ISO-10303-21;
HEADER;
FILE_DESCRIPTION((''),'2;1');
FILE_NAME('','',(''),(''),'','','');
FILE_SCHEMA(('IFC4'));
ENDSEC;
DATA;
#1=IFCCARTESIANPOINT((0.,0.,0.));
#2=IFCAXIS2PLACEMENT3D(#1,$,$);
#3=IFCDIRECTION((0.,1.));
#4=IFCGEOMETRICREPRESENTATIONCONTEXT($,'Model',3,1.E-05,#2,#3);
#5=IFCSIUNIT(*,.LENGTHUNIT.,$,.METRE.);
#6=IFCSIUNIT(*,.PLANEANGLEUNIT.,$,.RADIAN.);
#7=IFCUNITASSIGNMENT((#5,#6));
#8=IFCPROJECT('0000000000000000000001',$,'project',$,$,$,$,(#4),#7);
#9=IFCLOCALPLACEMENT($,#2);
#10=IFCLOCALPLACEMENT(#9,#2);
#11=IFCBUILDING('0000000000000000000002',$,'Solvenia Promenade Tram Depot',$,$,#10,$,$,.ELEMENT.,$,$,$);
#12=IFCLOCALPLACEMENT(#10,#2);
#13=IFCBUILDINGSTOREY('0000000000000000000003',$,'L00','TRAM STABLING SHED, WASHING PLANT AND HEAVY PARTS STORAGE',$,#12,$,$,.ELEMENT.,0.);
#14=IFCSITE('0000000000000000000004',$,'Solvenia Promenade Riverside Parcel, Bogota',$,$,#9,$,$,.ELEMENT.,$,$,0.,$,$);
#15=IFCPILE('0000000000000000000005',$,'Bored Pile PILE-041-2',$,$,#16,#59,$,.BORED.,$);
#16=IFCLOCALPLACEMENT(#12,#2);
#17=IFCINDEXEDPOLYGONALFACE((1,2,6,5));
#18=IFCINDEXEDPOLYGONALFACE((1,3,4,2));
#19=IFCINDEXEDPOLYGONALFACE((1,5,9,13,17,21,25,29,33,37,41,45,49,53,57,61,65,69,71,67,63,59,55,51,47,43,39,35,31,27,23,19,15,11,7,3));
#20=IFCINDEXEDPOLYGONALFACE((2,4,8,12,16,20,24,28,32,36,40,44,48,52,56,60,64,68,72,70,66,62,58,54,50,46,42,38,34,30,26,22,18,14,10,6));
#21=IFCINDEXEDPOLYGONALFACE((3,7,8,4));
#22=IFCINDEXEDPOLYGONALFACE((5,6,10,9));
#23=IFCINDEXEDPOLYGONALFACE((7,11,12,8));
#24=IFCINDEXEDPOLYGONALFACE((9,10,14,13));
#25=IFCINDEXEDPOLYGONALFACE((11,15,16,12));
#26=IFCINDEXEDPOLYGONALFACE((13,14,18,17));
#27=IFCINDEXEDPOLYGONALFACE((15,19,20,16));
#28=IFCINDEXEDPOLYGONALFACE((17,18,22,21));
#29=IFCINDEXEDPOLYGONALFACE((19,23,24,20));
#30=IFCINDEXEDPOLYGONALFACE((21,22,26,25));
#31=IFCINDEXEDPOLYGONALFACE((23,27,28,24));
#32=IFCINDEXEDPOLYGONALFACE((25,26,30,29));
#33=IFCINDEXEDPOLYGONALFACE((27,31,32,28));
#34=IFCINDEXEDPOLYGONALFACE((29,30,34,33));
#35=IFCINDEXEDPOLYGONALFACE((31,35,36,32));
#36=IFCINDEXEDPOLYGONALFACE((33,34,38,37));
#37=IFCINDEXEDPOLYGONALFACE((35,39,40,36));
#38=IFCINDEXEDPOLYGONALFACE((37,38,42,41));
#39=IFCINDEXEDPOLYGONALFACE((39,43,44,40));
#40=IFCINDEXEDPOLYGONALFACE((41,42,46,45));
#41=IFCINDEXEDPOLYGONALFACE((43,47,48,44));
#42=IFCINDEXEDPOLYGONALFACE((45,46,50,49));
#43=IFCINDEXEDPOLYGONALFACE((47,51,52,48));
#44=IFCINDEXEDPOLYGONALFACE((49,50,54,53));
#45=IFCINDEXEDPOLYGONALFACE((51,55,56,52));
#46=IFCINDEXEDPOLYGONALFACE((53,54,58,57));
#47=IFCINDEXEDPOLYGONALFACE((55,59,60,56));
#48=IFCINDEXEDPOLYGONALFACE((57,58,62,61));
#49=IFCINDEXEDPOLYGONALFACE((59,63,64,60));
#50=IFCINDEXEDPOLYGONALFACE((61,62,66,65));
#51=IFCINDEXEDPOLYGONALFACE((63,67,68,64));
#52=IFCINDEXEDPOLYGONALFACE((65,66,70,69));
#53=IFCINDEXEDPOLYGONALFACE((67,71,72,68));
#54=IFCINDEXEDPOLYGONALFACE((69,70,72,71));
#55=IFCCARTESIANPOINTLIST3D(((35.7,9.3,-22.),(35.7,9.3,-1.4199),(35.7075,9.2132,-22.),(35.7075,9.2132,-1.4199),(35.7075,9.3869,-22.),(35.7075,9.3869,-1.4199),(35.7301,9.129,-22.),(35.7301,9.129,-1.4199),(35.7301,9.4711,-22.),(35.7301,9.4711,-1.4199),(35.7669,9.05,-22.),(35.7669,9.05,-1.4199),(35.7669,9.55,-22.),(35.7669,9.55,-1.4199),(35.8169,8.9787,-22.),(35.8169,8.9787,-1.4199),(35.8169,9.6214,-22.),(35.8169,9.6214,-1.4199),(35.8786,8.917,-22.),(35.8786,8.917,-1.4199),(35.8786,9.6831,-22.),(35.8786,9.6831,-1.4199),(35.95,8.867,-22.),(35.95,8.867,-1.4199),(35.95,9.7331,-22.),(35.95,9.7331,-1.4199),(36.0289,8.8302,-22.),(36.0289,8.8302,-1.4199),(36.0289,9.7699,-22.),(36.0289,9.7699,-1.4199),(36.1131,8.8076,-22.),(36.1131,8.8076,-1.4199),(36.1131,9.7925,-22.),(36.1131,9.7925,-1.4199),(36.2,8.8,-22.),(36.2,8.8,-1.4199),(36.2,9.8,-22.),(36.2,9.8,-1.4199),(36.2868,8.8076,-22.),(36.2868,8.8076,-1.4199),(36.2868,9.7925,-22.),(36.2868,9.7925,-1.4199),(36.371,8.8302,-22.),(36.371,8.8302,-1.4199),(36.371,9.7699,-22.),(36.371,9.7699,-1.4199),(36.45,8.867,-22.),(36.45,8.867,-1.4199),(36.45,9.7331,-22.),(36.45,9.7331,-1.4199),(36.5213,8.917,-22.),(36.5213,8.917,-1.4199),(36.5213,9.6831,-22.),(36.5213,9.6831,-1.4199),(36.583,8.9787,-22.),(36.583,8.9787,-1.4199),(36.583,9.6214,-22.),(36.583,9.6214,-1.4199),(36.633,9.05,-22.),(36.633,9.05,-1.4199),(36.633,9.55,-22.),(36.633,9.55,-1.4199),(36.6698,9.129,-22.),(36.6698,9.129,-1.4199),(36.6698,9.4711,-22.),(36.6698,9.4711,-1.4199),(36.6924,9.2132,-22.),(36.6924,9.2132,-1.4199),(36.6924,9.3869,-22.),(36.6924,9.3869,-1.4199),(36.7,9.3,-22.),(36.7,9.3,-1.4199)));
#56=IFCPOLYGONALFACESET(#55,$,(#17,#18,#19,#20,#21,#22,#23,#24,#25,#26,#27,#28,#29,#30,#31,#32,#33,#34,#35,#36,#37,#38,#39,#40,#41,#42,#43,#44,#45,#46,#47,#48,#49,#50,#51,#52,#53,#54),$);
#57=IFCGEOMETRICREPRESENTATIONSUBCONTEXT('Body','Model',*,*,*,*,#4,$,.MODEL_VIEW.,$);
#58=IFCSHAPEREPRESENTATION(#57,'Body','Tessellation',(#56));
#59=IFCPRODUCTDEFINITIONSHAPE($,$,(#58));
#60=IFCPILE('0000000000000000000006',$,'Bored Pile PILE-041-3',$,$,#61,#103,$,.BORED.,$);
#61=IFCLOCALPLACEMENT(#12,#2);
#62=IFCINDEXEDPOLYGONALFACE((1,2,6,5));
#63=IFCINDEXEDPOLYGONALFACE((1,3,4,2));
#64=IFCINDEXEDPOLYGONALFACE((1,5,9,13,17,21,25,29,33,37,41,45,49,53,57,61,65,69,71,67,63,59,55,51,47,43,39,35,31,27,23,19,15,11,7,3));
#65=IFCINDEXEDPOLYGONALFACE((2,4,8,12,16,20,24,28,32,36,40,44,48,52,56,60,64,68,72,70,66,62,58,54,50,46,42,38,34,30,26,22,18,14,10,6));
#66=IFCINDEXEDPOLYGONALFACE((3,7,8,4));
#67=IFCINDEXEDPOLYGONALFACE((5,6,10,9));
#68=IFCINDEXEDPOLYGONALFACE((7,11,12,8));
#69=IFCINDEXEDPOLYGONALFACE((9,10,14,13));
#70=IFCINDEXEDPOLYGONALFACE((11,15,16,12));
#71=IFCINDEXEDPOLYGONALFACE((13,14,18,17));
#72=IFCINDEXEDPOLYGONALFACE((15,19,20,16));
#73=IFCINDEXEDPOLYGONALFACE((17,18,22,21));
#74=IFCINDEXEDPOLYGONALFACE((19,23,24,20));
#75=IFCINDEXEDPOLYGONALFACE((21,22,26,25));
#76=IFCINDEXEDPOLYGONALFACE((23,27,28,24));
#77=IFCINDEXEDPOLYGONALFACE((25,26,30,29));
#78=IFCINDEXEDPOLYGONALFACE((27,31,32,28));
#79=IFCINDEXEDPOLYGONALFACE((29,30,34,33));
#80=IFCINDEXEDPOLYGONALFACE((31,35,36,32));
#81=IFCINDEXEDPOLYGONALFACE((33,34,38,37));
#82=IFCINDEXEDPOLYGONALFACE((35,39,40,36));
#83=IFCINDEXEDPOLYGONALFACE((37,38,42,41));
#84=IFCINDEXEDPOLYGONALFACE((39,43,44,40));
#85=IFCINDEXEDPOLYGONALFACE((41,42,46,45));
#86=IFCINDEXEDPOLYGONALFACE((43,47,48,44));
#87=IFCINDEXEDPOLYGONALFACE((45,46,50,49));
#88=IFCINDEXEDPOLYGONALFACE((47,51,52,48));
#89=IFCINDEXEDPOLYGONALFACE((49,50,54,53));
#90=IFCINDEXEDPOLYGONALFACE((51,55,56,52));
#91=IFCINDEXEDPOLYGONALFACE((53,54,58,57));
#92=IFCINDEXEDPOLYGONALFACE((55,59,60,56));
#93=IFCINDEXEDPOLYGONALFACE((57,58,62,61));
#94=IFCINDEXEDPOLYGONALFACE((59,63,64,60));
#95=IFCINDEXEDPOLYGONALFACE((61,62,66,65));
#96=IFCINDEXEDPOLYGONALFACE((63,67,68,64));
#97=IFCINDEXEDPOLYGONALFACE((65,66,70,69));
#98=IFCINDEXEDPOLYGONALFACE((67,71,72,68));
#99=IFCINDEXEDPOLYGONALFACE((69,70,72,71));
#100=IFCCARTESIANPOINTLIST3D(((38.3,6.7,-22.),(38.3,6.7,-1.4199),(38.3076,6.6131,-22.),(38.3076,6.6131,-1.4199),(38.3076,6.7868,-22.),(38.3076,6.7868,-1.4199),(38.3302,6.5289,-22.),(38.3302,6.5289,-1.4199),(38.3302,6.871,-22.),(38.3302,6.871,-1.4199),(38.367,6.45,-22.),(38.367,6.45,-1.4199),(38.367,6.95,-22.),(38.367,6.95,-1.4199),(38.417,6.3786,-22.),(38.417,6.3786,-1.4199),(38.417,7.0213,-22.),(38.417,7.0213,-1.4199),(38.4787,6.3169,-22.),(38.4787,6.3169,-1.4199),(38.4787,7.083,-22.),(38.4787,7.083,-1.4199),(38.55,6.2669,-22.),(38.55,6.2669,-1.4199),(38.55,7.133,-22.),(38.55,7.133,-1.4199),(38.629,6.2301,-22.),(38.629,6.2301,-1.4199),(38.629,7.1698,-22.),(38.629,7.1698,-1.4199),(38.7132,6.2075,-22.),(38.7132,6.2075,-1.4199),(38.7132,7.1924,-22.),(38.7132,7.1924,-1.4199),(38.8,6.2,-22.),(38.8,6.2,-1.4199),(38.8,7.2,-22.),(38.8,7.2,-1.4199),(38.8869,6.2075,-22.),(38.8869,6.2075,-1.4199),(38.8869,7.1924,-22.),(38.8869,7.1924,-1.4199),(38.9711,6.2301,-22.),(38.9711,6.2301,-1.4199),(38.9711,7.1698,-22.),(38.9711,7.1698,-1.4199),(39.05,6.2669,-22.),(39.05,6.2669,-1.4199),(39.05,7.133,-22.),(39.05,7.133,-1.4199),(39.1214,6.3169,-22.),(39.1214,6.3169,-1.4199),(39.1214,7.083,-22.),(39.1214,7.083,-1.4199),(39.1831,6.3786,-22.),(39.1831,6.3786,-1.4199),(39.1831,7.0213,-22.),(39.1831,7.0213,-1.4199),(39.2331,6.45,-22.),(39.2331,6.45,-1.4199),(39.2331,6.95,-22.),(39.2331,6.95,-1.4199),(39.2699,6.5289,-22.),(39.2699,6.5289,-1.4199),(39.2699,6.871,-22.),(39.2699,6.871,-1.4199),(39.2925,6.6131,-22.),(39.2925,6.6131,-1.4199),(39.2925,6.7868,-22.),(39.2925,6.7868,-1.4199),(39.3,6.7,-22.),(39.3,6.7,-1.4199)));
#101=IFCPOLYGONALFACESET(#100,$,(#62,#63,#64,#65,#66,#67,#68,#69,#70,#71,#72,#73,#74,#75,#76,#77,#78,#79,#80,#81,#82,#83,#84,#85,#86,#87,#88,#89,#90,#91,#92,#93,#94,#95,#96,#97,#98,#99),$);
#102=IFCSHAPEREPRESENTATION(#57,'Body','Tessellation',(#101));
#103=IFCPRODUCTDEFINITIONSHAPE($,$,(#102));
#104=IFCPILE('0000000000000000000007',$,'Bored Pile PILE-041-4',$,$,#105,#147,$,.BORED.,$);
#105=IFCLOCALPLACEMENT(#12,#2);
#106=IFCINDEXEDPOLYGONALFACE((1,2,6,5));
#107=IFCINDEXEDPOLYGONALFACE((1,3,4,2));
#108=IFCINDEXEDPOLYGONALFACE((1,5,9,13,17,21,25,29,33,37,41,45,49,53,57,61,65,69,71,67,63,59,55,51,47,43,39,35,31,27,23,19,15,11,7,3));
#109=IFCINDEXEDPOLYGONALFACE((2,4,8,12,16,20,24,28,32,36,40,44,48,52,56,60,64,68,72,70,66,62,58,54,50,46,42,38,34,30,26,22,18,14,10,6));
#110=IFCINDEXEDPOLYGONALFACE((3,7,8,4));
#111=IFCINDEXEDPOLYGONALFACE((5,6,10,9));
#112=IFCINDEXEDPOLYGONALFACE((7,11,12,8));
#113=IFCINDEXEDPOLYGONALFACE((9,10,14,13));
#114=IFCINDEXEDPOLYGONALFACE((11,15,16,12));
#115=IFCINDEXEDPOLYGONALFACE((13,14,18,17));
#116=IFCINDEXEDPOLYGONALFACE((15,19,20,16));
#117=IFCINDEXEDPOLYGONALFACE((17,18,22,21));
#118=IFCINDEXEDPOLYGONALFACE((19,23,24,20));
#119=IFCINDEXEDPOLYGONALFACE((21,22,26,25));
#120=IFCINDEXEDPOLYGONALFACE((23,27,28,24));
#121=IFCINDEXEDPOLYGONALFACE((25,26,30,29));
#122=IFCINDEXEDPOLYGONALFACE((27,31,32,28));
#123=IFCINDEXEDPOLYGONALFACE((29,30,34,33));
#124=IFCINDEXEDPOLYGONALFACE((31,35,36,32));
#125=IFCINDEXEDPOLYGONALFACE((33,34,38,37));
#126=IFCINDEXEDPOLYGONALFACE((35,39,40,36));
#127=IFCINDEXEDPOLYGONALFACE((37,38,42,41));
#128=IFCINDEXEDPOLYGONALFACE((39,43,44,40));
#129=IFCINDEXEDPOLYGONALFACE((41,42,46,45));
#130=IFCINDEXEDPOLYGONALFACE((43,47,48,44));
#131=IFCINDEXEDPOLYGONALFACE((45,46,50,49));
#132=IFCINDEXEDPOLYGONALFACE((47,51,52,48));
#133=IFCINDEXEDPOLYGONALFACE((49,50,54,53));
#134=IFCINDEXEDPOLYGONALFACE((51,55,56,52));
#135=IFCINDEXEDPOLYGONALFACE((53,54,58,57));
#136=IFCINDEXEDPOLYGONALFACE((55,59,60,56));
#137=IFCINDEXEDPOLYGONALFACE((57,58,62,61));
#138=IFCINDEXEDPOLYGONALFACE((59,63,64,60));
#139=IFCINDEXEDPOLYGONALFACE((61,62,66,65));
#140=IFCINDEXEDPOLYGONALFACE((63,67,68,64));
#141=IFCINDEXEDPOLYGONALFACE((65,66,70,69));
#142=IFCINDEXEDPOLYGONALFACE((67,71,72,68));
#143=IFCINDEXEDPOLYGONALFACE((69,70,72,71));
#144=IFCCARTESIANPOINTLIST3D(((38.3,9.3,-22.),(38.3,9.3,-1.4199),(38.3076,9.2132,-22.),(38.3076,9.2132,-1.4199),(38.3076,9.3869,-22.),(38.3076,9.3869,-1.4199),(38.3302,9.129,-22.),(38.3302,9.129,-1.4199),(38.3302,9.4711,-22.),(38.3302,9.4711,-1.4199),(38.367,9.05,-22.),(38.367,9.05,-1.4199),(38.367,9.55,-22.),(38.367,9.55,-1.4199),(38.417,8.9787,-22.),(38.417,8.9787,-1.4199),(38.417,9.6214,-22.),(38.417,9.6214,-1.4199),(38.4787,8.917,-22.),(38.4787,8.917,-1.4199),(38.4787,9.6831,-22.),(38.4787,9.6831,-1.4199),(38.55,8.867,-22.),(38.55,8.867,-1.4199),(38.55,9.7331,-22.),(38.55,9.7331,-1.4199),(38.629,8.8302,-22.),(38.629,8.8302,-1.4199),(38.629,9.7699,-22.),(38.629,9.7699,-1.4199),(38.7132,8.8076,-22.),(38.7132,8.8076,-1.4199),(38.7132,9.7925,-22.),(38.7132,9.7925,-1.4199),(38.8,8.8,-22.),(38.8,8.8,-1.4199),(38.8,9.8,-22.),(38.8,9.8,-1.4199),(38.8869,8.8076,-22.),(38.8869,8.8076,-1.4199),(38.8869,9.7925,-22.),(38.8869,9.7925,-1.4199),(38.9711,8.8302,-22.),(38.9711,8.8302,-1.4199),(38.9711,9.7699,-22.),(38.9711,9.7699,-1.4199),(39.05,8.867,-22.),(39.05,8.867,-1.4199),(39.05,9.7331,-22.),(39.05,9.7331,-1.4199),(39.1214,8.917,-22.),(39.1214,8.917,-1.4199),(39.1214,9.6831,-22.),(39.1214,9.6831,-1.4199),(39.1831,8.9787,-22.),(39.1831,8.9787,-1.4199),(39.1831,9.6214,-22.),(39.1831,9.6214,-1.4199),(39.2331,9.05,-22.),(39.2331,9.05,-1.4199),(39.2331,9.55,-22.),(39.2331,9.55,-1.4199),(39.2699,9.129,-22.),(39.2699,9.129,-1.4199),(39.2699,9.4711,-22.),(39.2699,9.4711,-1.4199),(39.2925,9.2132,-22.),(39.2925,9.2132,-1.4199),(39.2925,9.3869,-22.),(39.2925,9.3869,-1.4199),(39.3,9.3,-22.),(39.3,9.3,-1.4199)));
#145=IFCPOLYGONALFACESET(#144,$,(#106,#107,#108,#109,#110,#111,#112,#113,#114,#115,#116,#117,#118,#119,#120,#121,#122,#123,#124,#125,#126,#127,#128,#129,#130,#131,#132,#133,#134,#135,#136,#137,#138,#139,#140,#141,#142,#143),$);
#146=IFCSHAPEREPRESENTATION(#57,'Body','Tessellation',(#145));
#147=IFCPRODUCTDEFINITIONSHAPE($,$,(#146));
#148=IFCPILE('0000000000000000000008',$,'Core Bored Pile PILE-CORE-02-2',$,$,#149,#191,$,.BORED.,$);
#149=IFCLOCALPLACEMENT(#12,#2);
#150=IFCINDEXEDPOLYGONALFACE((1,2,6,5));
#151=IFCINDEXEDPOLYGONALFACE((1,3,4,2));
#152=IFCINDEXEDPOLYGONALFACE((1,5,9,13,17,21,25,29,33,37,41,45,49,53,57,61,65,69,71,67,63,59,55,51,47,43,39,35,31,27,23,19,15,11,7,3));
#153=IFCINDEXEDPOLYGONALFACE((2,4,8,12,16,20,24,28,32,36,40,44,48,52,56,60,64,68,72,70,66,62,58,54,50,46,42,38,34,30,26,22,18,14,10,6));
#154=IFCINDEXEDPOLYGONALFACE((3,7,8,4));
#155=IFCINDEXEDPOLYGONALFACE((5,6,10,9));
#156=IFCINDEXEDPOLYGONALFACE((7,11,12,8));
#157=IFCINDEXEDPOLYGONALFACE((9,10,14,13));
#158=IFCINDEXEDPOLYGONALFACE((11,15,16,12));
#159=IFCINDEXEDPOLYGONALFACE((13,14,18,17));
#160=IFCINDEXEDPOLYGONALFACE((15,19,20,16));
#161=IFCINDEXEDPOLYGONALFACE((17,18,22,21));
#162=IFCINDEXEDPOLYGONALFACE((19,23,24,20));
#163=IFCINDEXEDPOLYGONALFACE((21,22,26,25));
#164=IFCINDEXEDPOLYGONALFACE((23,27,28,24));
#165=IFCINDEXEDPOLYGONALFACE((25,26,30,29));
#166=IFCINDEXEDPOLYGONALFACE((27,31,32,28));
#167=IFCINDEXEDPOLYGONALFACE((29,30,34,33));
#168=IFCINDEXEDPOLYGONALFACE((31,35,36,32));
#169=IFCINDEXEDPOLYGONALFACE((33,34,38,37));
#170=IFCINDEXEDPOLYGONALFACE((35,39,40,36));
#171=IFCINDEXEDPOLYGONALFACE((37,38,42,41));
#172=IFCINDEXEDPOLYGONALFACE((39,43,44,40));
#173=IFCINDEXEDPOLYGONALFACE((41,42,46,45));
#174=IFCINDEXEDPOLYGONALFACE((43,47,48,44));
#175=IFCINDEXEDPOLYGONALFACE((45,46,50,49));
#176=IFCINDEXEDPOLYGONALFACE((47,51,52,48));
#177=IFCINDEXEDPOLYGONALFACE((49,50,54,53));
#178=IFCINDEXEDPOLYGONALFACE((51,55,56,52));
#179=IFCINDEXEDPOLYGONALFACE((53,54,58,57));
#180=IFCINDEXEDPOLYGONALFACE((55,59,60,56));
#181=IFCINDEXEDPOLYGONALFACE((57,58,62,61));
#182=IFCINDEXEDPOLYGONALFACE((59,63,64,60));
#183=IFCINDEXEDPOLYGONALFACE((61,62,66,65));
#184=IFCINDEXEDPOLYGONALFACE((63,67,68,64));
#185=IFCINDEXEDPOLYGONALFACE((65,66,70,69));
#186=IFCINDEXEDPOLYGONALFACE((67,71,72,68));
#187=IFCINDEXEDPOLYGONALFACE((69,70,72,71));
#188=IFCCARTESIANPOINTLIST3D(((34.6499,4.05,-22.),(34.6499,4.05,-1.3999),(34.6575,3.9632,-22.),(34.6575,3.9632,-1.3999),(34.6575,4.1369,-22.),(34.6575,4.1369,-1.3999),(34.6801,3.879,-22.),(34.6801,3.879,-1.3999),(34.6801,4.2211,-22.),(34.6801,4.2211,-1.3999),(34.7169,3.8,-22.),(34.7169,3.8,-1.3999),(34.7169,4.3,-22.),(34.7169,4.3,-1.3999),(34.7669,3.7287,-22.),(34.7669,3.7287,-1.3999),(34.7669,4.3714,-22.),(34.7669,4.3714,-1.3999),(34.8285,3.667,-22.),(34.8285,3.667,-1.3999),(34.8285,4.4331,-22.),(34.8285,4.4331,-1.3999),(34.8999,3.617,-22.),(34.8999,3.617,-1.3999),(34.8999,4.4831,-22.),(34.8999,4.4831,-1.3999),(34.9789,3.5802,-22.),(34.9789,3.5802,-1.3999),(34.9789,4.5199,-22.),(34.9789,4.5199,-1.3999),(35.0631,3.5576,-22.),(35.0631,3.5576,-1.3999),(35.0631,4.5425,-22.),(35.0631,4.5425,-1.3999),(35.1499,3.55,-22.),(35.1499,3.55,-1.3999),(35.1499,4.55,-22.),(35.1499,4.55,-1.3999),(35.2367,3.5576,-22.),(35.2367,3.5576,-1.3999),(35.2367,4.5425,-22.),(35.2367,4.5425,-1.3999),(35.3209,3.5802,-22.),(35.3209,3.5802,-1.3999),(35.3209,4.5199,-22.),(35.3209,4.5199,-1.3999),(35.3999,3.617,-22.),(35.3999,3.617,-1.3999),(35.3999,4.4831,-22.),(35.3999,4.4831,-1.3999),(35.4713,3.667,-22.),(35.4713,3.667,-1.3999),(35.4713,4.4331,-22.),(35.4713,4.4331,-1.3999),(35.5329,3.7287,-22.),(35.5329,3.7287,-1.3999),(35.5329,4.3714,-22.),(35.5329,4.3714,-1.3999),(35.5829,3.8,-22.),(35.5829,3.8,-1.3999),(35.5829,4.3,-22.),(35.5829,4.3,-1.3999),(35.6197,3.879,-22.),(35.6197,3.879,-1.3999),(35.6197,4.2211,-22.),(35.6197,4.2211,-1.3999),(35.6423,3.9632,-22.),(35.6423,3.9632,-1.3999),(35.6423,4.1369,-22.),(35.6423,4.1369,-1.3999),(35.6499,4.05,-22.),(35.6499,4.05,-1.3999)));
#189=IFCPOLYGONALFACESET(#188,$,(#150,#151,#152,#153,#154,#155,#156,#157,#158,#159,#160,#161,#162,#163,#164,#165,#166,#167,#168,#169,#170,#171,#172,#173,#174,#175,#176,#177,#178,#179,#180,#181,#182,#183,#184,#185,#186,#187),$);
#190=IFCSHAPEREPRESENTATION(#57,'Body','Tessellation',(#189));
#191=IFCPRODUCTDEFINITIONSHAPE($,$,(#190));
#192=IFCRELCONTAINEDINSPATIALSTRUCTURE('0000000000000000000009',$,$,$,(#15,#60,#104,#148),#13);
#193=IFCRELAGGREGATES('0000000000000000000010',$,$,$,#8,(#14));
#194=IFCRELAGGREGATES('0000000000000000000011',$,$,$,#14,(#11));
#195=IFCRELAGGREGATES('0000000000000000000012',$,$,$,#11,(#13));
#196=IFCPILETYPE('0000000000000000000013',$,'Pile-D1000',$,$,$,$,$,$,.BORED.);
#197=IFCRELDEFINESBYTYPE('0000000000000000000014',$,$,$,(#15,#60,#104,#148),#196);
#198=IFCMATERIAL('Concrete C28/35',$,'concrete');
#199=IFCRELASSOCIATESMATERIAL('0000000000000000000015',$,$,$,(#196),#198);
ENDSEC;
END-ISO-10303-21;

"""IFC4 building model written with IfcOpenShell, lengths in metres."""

from ifc_helpers import new_model, si_unit, direction, frame, origin, origin_2d, place, context, subcontext, project, spatial, circle, extrude, material, material_profile, profile_set, type_object, element, save


model = new_model("IFC4")

# Units and contexts
model_context = context("Model", 3, precision=1e-05, world=origin(), true_north=direction((0.0, 1.0)))
body_context = subcontext(model_context, "Body", "Model", "MODEL_VIEW")
ifc_project = project(units=[si_unit("LENGTHUNIT", "METRE"), si_unit("PLANEANGLEUNIT", "RADIAN")], contexts=[model_context])

# Site, building, storey
site_placement = place(None, origin())
site = spatial("IfcSite", under=ifc_project, at=site_placement, Name="Solvenia Promenade Riverside Parcel, Bogota", CompositionType="ELEMENT", RefElevation=0.0)
building_placement = place(site_placement, origin())
building = spatial("IfcBuilding", under=site, at=building_placement, Name="Solvenia Promenade Tram Depot", CompositionType="ELEMENT")
storey_placement = place(building_placement, origin())
storey = spatial("IfcBuildingStorey", under=building, at=storey_placement, Name="L00", Description="TRAM STABLING SHED, WASHING PLANT AND HEAVY PARTS STORAGE", CompositionType="ELEMENT", Elevation=0.0)

# Shared definitions
ifc_material_1 = material(Name="Concrete C28/35", Category="concrete")

# Piles
ifc_material_profile_1 = material_profile(ifc_material_1, circle(Radius=0.5, at=origin_2d()), Name="D1000", Category="concrete")
ifc_profile_set_1 = profile_set([ifc_material_profile_1], Name="Concrete C28/35")
pile_type_1 = type_object("IfcPileType", Name="Pile-D1000", PredefinedType="BORED", material=ifc_profile_set_1)
for number, where, z_axis, x_axis, name in (
    (1, (36.2, 9.3, -1.4199), (0.0, 0.0, -1.0), (1.0, 0.0, 0.0), "Bored Pile PILE-041-2"),
    (2, (38.8, 6.7, -1.4199), (0.0, 0.0, -1.0), (1.0, 0.0, 0.0), "Bored Pile PILE-041-3"),
    (3, (38.8, 9.3, -1.4199), (0.0, 0.0, -1.0), (1.0, 0.0, 0.0), "Bored Pile PILE-041-4"),
):
    element("IfcPile", number, at=place(storey_placement, frame(where, z_axis=z_axis, x_axis=x_axis)), inside=storey, type_object=pile_type_1, Name=name, PredefinedType="BORED", context=body_context, shape_type="SweptSolid", body=[
        extrude(circle(Radius=0.5, at=origin_2d()), origin(), (0.0, 0.0, 1.0), 20.5801),
    ])
pile_placement = place(storey_placement, frame((35.1499, 4.05, -1.3999), z_axis=(0.0, 0.0, -1.0), x_axis=(1.0, 0.0, 0.0)))
element("IfcPile", 4, at=pile_placement, inside=storey, type_object=pile_type_1, Name="Core Bored Pile PILE-CORE-02-2", PredefinedType="BORED", context=body_context, shape_type="SweptSolid", body=[
    extrude(circle(Radius=0.5, at=origin_2d()), origin(), (0.0, 0.0, 1.0), 20.6001),
])

save(model, "model.ifc")
